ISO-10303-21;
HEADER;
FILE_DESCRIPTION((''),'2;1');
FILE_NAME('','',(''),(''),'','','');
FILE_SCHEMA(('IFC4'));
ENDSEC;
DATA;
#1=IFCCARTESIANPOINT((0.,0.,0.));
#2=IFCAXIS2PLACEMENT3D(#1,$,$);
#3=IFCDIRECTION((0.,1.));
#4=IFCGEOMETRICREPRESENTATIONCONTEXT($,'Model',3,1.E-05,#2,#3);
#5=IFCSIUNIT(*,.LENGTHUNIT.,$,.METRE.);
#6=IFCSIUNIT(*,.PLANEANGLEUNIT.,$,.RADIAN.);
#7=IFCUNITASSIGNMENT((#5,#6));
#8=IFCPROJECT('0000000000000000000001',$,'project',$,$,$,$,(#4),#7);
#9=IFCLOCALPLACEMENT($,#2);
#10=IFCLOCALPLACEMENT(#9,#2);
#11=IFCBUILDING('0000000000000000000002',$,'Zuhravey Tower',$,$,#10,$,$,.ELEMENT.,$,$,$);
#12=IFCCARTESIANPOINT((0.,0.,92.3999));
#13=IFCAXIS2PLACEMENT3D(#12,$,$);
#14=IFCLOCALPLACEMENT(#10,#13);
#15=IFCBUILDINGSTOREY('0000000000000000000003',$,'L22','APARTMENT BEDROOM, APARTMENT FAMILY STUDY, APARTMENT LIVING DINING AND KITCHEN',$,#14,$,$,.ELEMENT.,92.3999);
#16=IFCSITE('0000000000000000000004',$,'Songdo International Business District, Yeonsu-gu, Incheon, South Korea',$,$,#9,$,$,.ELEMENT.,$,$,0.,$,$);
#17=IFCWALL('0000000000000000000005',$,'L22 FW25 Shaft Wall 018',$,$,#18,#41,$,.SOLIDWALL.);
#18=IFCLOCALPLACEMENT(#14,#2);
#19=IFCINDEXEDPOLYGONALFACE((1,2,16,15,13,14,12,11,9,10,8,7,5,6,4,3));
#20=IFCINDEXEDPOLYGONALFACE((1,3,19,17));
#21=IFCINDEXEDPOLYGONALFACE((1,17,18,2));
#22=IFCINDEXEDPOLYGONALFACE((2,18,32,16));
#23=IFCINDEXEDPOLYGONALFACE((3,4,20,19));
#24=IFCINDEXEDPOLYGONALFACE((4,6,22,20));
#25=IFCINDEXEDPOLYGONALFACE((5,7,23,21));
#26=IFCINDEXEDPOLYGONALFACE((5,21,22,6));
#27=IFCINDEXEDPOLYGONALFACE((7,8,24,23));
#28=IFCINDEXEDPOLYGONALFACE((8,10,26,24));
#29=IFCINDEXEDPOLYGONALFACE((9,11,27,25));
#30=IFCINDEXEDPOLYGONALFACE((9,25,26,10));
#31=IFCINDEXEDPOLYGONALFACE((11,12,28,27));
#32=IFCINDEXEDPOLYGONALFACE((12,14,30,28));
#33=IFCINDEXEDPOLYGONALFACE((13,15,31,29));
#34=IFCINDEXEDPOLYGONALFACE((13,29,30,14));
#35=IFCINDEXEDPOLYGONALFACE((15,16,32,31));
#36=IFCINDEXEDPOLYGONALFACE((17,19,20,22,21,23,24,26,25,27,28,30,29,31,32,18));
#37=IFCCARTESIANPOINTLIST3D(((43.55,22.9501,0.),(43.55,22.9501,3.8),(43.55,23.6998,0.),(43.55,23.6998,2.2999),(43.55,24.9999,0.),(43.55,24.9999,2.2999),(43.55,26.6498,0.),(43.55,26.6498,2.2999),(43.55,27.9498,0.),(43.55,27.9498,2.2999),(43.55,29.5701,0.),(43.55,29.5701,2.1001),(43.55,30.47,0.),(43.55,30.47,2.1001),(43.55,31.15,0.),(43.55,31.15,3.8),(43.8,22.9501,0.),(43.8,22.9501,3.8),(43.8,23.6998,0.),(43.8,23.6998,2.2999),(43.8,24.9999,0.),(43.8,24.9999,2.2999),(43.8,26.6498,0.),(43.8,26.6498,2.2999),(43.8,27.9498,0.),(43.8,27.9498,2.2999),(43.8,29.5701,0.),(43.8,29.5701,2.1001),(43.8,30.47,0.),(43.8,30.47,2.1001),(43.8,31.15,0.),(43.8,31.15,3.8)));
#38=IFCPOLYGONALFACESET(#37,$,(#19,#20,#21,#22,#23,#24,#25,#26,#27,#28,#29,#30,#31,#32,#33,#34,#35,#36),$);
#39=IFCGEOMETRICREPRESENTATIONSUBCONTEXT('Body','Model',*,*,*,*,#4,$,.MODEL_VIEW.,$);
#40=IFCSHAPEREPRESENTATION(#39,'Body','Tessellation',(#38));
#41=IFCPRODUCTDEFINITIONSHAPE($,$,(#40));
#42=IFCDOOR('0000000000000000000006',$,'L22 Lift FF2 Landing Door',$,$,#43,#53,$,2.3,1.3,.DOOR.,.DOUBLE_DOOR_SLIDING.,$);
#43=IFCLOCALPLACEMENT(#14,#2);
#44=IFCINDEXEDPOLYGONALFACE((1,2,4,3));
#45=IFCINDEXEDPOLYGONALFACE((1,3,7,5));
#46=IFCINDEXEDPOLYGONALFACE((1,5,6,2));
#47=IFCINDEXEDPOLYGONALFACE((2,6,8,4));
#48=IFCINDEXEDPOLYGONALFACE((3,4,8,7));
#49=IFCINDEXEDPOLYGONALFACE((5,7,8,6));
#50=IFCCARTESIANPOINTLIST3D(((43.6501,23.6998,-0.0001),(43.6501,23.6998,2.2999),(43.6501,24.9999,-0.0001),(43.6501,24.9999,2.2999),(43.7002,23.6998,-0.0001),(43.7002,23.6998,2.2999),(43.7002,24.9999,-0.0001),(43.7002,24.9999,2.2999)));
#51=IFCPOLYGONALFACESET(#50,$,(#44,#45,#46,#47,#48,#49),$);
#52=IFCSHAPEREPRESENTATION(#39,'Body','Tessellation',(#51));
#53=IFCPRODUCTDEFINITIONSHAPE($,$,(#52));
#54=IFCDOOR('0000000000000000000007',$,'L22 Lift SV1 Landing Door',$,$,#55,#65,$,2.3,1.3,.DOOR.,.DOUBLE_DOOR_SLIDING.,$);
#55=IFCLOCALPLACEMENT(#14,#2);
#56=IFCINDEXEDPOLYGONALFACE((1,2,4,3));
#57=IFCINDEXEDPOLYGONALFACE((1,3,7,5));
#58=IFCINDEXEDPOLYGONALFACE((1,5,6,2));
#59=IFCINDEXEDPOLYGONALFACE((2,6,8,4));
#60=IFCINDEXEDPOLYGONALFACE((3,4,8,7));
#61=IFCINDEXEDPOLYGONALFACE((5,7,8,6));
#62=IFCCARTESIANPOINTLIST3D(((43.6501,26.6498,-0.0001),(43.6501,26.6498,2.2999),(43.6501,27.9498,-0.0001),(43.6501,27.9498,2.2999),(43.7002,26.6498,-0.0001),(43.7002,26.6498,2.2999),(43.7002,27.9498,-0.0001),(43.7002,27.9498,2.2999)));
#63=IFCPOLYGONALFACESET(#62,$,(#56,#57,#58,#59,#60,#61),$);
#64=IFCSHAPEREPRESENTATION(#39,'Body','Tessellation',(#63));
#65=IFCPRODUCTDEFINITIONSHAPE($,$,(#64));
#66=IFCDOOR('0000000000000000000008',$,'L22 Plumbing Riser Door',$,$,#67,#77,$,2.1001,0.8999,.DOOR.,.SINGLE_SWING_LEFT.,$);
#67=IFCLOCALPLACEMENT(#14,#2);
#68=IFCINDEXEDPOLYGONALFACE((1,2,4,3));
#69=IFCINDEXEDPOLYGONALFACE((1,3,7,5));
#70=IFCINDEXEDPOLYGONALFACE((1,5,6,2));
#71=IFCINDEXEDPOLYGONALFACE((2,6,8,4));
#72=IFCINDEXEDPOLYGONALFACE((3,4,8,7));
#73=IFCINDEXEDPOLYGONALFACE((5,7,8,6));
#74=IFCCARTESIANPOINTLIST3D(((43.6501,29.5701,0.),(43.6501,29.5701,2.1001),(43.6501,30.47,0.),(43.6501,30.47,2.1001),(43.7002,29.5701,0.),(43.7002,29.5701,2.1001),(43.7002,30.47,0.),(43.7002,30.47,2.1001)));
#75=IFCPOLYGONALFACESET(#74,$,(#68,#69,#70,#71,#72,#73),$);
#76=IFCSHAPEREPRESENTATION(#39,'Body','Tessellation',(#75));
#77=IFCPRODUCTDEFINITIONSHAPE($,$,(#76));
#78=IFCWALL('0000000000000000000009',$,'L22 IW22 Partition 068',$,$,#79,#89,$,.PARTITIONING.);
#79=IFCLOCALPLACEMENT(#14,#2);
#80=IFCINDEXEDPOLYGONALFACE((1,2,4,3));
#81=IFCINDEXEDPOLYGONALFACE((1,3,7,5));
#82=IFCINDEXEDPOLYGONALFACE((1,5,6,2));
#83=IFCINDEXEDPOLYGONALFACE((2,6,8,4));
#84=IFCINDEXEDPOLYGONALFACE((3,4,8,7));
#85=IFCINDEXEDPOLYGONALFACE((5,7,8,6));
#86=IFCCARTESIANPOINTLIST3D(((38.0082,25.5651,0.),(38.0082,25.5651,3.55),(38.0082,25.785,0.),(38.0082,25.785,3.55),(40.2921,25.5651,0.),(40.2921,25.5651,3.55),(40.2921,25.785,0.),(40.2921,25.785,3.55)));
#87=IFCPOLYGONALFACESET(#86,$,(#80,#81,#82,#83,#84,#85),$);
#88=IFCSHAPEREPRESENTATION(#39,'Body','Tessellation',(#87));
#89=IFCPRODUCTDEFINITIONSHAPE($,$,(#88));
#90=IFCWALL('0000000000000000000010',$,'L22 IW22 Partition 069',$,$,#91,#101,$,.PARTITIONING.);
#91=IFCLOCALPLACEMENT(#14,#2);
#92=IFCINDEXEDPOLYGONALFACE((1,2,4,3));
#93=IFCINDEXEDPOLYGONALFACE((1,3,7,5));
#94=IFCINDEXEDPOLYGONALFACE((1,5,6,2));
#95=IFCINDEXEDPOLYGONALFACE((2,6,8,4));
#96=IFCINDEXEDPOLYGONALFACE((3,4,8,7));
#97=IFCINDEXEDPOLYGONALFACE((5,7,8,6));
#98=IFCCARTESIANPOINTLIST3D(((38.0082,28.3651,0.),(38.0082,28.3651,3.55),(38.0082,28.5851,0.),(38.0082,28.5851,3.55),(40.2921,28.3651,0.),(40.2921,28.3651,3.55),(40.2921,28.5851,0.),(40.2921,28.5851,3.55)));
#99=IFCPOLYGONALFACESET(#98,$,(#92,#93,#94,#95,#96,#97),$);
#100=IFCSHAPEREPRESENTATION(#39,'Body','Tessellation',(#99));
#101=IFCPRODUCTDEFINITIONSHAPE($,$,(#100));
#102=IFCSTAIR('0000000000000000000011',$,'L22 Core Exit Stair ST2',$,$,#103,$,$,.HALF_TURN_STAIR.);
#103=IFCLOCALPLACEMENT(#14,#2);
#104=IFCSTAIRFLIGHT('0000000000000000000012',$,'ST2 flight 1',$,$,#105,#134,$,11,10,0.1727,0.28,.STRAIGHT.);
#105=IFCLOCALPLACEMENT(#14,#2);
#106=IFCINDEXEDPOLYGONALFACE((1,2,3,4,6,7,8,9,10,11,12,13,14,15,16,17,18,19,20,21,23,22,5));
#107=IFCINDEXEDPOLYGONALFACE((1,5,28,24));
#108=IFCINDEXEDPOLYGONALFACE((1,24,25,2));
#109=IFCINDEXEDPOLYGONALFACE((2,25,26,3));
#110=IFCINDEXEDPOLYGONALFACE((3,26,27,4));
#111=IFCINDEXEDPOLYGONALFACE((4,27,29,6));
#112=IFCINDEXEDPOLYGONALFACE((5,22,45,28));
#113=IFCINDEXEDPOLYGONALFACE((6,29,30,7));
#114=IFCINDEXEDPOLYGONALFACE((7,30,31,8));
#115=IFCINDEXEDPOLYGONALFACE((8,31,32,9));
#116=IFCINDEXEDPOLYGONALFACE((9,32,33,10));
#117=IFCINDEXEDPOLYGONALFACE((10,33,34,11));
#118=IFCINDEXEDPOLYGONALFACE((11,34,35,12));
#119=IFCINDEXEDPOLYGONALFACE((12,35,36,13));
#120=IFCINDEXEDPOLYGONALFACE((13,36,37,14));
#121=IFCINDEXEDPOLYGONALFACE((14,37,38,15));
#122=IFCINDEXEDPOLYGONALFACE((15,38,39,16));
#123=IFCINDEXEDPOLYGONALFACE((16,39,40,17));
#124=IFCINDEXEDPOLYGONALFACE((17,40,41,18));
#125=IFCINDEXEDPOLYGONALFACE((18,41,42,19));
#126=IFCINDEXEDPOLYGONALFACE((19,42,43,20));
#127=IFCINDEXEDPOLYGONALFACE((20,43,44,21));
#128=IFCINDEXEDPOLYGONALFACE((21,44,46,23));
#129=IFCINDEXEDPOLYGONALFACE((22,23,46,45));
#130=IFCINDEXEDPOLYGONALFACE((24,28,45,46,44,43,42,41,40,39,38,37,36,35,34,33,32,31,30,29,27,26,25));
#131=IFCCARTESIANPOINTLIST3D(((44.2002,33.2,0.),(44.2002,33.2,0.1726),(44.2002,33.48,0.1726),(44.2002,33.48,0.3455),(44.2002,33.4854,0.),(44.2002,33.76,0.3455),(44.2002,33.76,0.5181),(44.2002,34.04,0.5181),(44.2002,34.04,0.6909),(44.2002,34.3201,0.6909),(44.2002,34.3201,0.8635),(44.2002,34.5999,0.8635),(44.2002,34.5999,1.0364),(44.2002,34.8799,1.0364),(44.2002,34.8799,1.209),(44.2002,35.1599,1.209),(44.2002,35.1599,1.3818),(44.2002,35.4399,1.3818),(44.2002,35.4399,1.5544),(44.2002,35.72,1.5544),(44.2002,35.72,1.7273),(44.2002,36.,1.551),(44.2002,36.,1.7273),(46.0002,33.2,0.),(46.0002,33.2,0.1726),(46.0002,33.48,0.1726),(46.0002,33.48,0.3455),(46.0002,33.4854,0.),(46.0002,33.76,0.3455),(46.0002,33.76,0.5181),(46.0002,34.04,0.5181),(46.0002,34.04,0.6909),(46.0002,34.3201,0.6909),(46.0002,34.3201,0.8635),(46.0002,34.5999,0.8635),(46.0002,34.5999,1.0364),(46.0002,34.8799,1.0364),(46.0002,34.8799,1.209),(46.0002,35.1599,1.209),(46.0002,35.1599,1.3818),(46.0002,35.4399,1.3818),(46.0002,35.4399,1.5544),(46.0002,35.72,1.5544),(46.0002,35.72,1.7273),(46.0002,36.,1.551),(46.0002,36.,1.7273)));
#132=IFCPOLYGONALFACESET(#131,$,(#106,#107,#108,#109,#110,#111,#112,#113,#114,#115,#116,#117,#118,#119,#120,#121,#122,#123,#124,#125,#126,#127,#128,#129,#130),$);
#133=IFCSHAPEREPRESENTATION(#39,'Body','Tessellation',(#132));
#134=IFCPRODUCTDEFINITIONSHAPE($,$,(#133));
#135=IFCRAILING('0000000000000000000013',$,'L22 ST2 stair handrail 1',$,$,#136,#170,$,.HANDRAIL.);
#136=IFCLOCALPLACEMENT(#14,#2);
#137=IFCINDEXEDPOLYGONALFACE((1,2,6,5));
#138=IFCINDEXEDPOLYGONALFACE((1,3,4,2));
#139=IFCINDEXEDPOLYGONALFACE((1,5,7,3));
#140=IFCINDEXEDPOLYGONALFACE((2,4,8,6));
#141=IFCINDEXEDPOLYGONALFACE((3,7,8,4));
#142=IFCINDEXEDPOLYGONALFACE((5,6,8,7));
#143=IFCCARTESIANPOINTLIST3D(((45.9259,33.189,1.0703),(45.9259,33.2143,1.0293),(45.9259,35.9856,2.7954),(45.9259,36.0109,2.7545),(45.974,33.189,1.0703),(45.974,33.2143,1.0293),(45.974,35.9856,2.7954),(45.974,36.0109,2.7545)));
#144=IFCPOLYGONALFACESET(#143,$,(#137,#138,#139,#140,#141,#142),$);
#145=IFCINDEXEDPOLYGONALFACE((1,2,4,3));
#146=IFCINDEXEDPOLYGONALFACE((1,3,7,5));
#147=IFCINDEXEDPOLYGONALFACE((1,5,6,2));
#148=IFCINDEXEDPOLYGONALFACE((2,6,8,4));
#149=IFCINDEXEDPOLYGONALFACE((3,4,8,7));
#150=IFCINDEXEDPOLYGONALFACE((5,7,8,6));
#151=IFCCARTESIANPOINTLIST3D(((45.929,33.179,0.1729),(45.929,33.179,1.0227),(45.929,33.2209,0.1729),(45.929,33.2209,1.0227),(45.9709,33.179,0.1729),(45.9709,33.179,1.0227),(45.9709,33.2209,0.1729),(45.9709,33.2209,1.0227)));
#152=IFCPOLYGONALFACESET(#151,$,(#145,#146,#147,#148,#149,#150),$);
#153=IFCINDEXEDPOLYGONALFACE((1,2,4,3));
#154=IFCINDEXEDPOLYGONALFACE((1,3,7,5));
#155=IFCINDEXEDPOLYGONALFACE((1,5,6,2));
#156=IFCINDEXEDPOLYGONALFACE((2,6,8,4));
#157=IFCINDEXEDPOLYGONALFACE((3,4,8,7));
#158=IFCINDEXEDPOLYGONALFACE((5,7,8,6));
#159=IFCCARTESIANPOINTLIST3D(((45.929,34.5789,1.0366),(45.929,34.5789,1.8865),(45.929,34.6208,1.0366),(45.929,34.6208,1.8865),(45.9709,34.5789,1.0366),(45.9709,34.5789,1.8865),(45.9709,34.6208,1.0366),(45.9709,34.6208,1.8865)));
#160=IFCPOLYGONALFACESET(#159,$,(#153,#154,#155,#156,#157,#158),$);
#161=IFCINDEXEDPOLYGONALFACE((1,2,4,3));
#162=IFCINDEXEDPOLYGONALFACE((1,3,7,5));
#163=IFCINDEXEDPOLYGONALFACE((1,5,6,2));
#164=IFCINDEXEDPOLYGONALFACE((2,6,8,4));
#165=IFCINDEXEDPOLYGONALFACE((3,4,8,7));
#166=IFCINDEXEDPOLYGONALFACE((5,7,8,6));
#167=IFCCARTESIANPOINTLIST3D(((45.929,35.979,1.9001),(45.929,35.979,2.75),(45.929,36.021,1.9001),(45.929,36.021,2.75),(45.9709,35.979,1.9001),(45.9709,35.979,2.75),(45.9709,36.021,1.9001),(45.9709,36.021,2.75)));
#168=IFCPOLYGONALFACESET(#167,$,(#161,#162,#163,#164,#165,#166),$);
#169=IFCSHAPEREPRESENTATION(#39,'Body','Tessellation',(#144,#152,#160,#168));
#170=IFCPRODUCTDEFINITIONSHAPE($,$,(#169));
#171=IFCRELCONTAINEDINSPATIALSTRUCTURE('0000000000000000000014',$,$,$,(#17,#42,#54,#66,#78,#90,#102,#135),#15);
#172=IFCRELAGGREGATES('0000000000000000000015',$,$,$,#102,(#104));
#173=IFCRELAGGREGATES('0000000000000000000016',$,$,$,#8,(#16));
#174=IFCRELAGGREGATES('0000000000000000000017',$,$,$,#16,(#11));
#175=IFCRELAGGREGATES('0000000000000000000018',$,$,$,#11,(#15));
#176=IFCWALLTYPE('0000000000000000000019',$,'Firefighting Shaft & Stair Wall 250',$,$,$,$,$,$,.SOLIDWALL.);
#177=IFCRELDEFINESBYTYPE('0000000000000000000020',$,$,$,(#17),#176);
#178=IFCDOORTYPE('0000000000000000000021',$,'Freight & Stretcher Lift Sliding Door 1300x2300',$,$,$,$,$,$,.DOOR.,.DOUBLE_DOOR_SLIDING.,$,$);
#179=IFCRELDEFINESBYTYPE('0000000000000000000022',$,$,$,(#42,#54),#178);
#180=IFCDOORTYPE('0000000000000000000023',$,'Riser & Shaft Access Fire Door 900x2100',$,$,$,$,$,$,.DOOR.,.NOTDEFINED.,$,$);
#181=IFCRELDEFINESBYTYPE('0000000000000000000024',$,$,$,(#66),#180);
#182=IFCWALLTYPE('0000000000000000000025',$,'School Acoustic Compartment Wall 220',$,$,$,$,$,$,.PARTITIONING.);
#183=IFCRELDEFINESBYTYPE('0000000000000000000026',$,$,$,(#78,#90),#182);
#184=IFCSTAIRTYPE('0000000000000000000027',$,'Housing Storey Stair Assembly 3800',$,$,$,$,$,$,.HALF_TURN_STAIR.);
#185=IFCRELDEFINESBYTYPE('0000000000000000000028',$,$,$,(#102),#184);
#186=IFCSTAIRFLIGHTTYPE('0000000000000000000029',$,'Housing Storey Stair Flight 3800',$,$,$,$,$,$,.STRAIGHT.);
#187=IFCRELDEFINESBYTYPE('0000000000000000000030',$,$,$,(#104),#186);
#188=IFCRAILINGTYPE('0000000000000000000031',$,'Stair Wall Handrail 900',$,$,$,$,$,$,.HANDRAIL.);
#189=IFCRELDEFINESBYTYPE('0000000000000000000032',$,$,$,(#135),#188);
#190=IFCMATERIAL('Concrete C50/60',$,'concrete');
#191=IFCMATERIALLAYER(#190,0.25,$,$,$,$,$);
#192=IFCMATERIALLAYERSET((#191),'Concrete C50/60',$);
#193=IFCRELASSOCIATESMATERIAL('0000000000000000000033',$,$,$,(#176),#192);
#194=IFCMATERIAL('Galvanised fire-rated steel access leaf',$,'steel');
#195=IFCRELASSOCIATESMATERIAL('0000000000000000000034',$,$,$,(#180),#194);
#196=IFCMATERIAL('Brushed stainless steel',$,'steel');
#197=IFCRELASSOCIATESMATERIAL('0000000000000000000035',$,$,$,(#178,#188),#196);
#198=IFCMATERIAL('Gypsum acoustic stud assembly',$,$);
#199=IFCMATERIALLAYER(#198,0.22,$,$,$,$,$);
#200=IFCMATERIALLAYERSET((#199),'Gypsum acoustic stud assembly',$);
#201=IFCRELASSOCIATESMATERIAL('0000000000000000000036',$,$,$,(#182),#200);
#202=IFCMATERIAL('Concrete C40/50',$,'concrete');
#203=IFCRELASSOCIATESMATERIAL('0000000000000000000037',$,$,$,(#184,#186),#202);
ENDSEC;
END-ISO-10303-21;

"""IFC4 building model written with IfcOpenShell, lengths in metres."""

from ifc_helpers import new_model, si_unit, direction, frame, frame_2d, origin, origin_2d, place, context, subcontext, project, spatial, polyline, rectangle, outline, extrude, material, layer, layer_set, type_object, element, fill, aggregate, save


model = new_model("IFC4")

# Units and contexts
model_context = context("Model", 3, precision=1e-05, world=origin(), true_north=direction((0.0, 1.0)))
body_context = subcontext(model_context, "Body", "Model", "MODEL_VIEW")
ifc_project = project(units=[si_unit("LENGTHUNIT", "METRE"), si_unit("PLANEANGLEUNIT", "RADIAN")], contexts=[model_context])

# Site, building, storey
site_placement = place(None, origin())
site = spatial("IfcSite", under=ifc_project, at=site_placement, Name="Songdo International Business District, Yeonsu-gu, Incheon, South Korea", CompositionType="ELEMENT", RefElevation=0.0)
building_placement = place(site_placement, origin())
building = spatial("IfcBuilding", under=site, at=building_placement, Name="Zuhravey Tower", CompositionType="ELEMENT")
storey_placement = place(building_placement, frame((0.0, 0.0, 92.3999)))
storey = spatial("IfcBuildingStorey", under=building, at=storey_placement, Name="L22", Description="APARTMENT BEDROOM, APARTMENT FAMILY STUDY, APARTMENT LIVING DINING AND KITCHEN", CompositionType="ELEMENT", Elevation=92.3999)

# Shared definitions
ifc_material_1 = material(Name="Concrete C50/60", Category="concrete")
ifc_layer_1 = layer(ifc_material_1, 0.25)
ifc_layer_set_1 = layer_set([ifc_layer_1], Name="Concrete C50/60")
wall_type_1 = type_object("IfcWallType", Name="Firefighting Shaft & Stair Wall 250", PredefinedType="SOLIDWALL", material=ifc_layer_set_1)

# Shared definitions
ifc_material_2 = material(Name="Galvanised fire-rated steel access leaf", Category="steel")
door_type_1 = type_object("IfcDoorType", Name="Riser & Shaft Access Fire Door 900x2100", OperationType="NOTDEFINED", PredefinedType="DOOR", material=ifc_material_2)

# Wall, openings, doors
wall_1_placement = place(storey_placement, frame((43.675, 22.95, 0.0), z_axis=(0.0, 0.0, 1.0), x_axis=(0.0, 1.0, 0.0)))
wall_1 = element("IfcWall", 1, at=wall_1_placement, inside=storey, type_object=wall_type_1, Name="L22 FW25 Shaft Wall 018", PredefinedType="SOLIDWALL", context=body_context, shape_type="SweptSolid", body=[
    extrude(rectangle(XDim=8.2, YDim=0.25, at=frame_2d((4.1001, 0.0))), origin(), (0.0, 0.0, 1.0), 3.8),
])
opening_1_placement = place(wall_1_placement, frame((0.75, 0.0, 0.0)))
opening_1 = element("IfcOpeningElement", 2, at=opening_1_placement, cuts=wall_1, PredefinedType="OPENING", context=body_context, shape_type="SweptSolid", body=[
    extrude(rectangle(XDim=1.3, YDim=2.3, at=frame_2d((0.6499, 1.1499))), frame((0.0, 0.137, 0.0), z_axis=(0.0, -1.0, 0.0), x_axis=(1.0, 0.0, 0.0)), (0.0, 0.0, 1.0), 0.2739),
])
opening_2_placement = place(wall_1_placement, frame((3.7, 0.0, 0.0)))
opening_2 = element("IfcOpeningElement", 3, at=opening_2_placement, cuts=wall_1, PredefinedType="OPENING", context=body_context, shape_type="SweptSolid", body=[
    extrude(rectangle(XDim=1.3, YDim=2.3, at=frame_2d((0.6499, 1.1499))), frame((0.0, 0.137, 0.0), z_axis=(0.0, -1.0, 0.0), x_axis=(1.0, 0.0, 0.0)), (0.0, 0.0, 1.0), 0.2739),
])
opening_3_placement = place(wall_1_placement, frame((6.6201, 0.0, 0.0)))
opening_3 = element("IfcOpeningElement", 4, at=opening_3_placement, cuts=wall_1, PredefinedType="OPENING", context=body_context, shape_type="SweptSolid", body=[
    extrude(rectangle(XDim=0.8999, YDim=2.1001, at=frame_2d((0.45, 1.05))), frame((0.0, 0.137, 0.0), z_axis=(0.0, -1.0, 0.0), x_axis=(1.0, 0.0, 0.0)), (0.0, 0.0, 1.0), 0.2739),
])
ifc_material_3 = material(Name="Brushed stainless steel", Category="steel")
door_type_2 = type_object("IfcDoorType", Name="Freight & Stretcher Lift Sliding Door 1300x2300", OperationType="DOUBLE_DOOR_SLIDING", PredefinedType="DOOR", material=ifc_material_3)
door_1_placement = place(opening_1_placement, origin())
door_1 = element("IfcDoor", 5, at=door_1_placement, inside=storey, type_object=door_type_2, Name="L22 Lift FF2 Landing Door", OperationType="DOUBLE_DOOR_SLIDING", OverallHeight=2.3, OverallWidth=1.3, PredefinedType="DOOR", context=body_context, shape_type="SweptSolid", body=[
    extrude(rectangle(XDim=1.3, YDim=2.3, at=frame_2d((0.6499, 1.1499))), frame((0.0, 0.0249, 0.0), z_axis=(0.0, -1.0, 0.0), x_axis=(1.0, 0.0, 0.0)), (0.0, 0.0, 1.0), 0.05),
])
fill(opening_1, door_1)
door_2_placement = place(opening_2_placement, origin())
door_2 = element("IfcDoor", 6, at=door_2_placement, inside=storey, type_object=door_type_2, Name="L22 Lift SV1 Landing Door", OperationType="DOUBLE_DOOR_SLIDING", OverallHeight=2.3, OverallWidth=1.3, PredefinedType="DOOR", context=body_context, shape_type="SweptSolid", body=[
    extrude(rectangle(XDim=1.3, YDim=2.3, at=frame_2d((0.6499, 1.1499))), frame((0.0, 0.0249, 0.0), z_axis=(0.0, -1.0, 0.0), x_axis=(1.0, 0.0, 0.0)), (0.0, 0.0, 1.0), 0.05),
])
fill(opening_2, door_2)
door_3_placement = place(opening_3_placement, origin())
door_3 = element("IfcDoor", 7, at=door_3_placement, inside=storey, type_object=door_type_1, Name="L22 Plumbing Riser Door", OperationType="SINGLE_SWING_LEFT", OverallHeight=2.1001, OverallWidth=0.8999, PredefinedType="DOOR", context=body_context, shape_type="SweptSolid", body=[
    extrude(rectangle(XDim=0.8999, YDim=2.1001, at=frame_2d((0.45, 1.05))), frame((0.0, 0.0249, 0.0), z_axis=(0.0, -1.0, 0.0), x_axis=(1.0, 0.0, 0.0)), (0.0, 0.0, 1.0), 0.05),
])
fill(opening_3, door_3)

# Walls
ifc_material_4 = material(Name="Gypsum acoustic stud assembly")
ifc_layer_2 = layer(ifc_material_4, 0.22)
ifc_layer_set_2 = layer_set([ifc_layer_2], Name="Gypsum acoustic stud assembly")
wall_type_2 = type_object("IfcWallType", Name="School Acoustic Compartment Wall 220", PredefinedType="PARTITIONING", material=ifc_layer_set_2)
for number, where, z_axis, x_axis, name in (
    (8, (38.0081, 25.675, 0.0), (0.0, 0.0, 1.0), (1.0, 0.0, 0.0), "L22 IW22 Partition 068"),
    (9, (38.0081, 28.4751, 0.0), (0.0, 0.0, 1.0), (1.0, 0.0, 0.0), "L22 IW22 Partition 069"),
):
    element("IfcWall", number, at=place(storey_placement, frame(where, z_axis=z_axis, x_axis=x_axis)), inside=storey, type_object=wall_type_2, Name=name, PredefinedType="PARTITIONING", context=body_context, shape_type="SweptSolid", body=[
        extrude(rectangle(XDim=2.2839, YDim=0.22, at=frame_2d((1.1421, 0.0))), origin(), (0.0, 0.0, 1.0), 3.55),
    ])

# Stair, stair flight
ifc_material_5 = material(Name="Concrete C40/50", Category="concrete")
stair_type = type_object("IfcStairType", Name="Housing Storey Stair Assembly 3800", PredefinedType="HALF_TURN_STAIR", material=ifc_material_5)
stair_placement = place(storey_placement, origin())
stair = element("IfcStair", 10, at=stair_placement, inside=storey, type_object=stair_type, Name="L22 Core Exit Stair ST2", PredefinedType="HALF_TURN_STAIR")
stair_flight_type = type_object("IfcStairFlightType", Name="Housing Storey Stair Flight 3800", PredefinedType="STRAIGHT", material=ifc_material_5)
stair_flight_placement = place(storey_placement, frame((45.1001, 33.2, 0.0), z_axis=(0.0, 0.0, 1.0), x_axis=(0.0, 1.0, 0.0)))
stair_flight = element("IfcStairFlight", 11, at=stair_flight_placement, type_object=stair_flight_type, Name="ST2 flight 1", NumberOfRisers=11, NumberOfTreads=10, PredefinedType="STRAIGHT", RiserHeight=0.1727, TreadLength=0.28, context=body_context, shape_type="SweptSolid", body=[
    extrude(outline(polyline([(0.0, 0.0), (0.0, 0.1726), (0.28, 0.1726), (0.28, 0.3455), (0.5601, 0.3455), (0.5601, 0.5181), (0.8401, 0.5181), (0.8401, 0.6909), (1.1201, 0.6909), (1.1201, 0.8635), (1.3999, 0.8635), (1.3999, 1.0364), (1.6799, 1.0364), (1.6799, 1.209), (1.96, 1.209), (1.96, 1.3818), (2.24, 1.3818), (2.24, 1.5544), (2.52, 1.5544), (2.52, 1.7273), (2.8, 1.7273), (2.8, 1.8999), (2.8, 1.551), (0.2854, 0.0), (0.0, 0.0)])), frame((0.0, 0.8999, 0.0), z_axis=(0.0, -1.0, 0.0), x_axis=(1.0, 0.0, 0.0)), (0.0, 0.0, 1.0), 1.8),
])
aggregate(stair, [stair_flight])

# Railing
railing_type_1 = type_object("IfcRailingType", Name="Stair Wall Handrail 900", PredefinedType="HANDRAIL", material=ifc_material_3)
railing_1_placement = place(storey_placement, frame((45.95, 33.2, 0.1729)))
element("IfcRailing", 12, at=railing_1_placement, inside=storey, type_object=railing_type_1, Name="L22 ST2 stair handrail 1", PredefinedType="HANDRAIL", context=body_context, shape_type="SweptSolid", body=[
    extrude(rectangle(XDim=0.0481, YDim=0.0481, at=origin_2d()), frame((0.0, 0.0017, 0.877), z_axis=(0.0, 0.85109, 0.52502), x_axis=(-1.0, 0.0, 0.0)), (0.0, 0.0, 1.0), 3.2859),
    extrude(rectangle(XDim=0.042, YDim=0.042, at=origin_2d()), origin(), (0.0, 0.0, 1.0), 0.8499),
    extrude(rectangle(XDim=0.042, YDim=0.042, at=origin_2d()), frame((0.0, 1.3999, 0.8638)), (0.0, 0.0, 1.0), 0.8499),
    extrude(rectangle(XDim=0.042, YDim=0.042, at=origin_2d()), frame((0.0, 2.8, 1.7273)), (0.0, 0.0, 1.0), 0.8499),
])

save(model, "model.ifc")
